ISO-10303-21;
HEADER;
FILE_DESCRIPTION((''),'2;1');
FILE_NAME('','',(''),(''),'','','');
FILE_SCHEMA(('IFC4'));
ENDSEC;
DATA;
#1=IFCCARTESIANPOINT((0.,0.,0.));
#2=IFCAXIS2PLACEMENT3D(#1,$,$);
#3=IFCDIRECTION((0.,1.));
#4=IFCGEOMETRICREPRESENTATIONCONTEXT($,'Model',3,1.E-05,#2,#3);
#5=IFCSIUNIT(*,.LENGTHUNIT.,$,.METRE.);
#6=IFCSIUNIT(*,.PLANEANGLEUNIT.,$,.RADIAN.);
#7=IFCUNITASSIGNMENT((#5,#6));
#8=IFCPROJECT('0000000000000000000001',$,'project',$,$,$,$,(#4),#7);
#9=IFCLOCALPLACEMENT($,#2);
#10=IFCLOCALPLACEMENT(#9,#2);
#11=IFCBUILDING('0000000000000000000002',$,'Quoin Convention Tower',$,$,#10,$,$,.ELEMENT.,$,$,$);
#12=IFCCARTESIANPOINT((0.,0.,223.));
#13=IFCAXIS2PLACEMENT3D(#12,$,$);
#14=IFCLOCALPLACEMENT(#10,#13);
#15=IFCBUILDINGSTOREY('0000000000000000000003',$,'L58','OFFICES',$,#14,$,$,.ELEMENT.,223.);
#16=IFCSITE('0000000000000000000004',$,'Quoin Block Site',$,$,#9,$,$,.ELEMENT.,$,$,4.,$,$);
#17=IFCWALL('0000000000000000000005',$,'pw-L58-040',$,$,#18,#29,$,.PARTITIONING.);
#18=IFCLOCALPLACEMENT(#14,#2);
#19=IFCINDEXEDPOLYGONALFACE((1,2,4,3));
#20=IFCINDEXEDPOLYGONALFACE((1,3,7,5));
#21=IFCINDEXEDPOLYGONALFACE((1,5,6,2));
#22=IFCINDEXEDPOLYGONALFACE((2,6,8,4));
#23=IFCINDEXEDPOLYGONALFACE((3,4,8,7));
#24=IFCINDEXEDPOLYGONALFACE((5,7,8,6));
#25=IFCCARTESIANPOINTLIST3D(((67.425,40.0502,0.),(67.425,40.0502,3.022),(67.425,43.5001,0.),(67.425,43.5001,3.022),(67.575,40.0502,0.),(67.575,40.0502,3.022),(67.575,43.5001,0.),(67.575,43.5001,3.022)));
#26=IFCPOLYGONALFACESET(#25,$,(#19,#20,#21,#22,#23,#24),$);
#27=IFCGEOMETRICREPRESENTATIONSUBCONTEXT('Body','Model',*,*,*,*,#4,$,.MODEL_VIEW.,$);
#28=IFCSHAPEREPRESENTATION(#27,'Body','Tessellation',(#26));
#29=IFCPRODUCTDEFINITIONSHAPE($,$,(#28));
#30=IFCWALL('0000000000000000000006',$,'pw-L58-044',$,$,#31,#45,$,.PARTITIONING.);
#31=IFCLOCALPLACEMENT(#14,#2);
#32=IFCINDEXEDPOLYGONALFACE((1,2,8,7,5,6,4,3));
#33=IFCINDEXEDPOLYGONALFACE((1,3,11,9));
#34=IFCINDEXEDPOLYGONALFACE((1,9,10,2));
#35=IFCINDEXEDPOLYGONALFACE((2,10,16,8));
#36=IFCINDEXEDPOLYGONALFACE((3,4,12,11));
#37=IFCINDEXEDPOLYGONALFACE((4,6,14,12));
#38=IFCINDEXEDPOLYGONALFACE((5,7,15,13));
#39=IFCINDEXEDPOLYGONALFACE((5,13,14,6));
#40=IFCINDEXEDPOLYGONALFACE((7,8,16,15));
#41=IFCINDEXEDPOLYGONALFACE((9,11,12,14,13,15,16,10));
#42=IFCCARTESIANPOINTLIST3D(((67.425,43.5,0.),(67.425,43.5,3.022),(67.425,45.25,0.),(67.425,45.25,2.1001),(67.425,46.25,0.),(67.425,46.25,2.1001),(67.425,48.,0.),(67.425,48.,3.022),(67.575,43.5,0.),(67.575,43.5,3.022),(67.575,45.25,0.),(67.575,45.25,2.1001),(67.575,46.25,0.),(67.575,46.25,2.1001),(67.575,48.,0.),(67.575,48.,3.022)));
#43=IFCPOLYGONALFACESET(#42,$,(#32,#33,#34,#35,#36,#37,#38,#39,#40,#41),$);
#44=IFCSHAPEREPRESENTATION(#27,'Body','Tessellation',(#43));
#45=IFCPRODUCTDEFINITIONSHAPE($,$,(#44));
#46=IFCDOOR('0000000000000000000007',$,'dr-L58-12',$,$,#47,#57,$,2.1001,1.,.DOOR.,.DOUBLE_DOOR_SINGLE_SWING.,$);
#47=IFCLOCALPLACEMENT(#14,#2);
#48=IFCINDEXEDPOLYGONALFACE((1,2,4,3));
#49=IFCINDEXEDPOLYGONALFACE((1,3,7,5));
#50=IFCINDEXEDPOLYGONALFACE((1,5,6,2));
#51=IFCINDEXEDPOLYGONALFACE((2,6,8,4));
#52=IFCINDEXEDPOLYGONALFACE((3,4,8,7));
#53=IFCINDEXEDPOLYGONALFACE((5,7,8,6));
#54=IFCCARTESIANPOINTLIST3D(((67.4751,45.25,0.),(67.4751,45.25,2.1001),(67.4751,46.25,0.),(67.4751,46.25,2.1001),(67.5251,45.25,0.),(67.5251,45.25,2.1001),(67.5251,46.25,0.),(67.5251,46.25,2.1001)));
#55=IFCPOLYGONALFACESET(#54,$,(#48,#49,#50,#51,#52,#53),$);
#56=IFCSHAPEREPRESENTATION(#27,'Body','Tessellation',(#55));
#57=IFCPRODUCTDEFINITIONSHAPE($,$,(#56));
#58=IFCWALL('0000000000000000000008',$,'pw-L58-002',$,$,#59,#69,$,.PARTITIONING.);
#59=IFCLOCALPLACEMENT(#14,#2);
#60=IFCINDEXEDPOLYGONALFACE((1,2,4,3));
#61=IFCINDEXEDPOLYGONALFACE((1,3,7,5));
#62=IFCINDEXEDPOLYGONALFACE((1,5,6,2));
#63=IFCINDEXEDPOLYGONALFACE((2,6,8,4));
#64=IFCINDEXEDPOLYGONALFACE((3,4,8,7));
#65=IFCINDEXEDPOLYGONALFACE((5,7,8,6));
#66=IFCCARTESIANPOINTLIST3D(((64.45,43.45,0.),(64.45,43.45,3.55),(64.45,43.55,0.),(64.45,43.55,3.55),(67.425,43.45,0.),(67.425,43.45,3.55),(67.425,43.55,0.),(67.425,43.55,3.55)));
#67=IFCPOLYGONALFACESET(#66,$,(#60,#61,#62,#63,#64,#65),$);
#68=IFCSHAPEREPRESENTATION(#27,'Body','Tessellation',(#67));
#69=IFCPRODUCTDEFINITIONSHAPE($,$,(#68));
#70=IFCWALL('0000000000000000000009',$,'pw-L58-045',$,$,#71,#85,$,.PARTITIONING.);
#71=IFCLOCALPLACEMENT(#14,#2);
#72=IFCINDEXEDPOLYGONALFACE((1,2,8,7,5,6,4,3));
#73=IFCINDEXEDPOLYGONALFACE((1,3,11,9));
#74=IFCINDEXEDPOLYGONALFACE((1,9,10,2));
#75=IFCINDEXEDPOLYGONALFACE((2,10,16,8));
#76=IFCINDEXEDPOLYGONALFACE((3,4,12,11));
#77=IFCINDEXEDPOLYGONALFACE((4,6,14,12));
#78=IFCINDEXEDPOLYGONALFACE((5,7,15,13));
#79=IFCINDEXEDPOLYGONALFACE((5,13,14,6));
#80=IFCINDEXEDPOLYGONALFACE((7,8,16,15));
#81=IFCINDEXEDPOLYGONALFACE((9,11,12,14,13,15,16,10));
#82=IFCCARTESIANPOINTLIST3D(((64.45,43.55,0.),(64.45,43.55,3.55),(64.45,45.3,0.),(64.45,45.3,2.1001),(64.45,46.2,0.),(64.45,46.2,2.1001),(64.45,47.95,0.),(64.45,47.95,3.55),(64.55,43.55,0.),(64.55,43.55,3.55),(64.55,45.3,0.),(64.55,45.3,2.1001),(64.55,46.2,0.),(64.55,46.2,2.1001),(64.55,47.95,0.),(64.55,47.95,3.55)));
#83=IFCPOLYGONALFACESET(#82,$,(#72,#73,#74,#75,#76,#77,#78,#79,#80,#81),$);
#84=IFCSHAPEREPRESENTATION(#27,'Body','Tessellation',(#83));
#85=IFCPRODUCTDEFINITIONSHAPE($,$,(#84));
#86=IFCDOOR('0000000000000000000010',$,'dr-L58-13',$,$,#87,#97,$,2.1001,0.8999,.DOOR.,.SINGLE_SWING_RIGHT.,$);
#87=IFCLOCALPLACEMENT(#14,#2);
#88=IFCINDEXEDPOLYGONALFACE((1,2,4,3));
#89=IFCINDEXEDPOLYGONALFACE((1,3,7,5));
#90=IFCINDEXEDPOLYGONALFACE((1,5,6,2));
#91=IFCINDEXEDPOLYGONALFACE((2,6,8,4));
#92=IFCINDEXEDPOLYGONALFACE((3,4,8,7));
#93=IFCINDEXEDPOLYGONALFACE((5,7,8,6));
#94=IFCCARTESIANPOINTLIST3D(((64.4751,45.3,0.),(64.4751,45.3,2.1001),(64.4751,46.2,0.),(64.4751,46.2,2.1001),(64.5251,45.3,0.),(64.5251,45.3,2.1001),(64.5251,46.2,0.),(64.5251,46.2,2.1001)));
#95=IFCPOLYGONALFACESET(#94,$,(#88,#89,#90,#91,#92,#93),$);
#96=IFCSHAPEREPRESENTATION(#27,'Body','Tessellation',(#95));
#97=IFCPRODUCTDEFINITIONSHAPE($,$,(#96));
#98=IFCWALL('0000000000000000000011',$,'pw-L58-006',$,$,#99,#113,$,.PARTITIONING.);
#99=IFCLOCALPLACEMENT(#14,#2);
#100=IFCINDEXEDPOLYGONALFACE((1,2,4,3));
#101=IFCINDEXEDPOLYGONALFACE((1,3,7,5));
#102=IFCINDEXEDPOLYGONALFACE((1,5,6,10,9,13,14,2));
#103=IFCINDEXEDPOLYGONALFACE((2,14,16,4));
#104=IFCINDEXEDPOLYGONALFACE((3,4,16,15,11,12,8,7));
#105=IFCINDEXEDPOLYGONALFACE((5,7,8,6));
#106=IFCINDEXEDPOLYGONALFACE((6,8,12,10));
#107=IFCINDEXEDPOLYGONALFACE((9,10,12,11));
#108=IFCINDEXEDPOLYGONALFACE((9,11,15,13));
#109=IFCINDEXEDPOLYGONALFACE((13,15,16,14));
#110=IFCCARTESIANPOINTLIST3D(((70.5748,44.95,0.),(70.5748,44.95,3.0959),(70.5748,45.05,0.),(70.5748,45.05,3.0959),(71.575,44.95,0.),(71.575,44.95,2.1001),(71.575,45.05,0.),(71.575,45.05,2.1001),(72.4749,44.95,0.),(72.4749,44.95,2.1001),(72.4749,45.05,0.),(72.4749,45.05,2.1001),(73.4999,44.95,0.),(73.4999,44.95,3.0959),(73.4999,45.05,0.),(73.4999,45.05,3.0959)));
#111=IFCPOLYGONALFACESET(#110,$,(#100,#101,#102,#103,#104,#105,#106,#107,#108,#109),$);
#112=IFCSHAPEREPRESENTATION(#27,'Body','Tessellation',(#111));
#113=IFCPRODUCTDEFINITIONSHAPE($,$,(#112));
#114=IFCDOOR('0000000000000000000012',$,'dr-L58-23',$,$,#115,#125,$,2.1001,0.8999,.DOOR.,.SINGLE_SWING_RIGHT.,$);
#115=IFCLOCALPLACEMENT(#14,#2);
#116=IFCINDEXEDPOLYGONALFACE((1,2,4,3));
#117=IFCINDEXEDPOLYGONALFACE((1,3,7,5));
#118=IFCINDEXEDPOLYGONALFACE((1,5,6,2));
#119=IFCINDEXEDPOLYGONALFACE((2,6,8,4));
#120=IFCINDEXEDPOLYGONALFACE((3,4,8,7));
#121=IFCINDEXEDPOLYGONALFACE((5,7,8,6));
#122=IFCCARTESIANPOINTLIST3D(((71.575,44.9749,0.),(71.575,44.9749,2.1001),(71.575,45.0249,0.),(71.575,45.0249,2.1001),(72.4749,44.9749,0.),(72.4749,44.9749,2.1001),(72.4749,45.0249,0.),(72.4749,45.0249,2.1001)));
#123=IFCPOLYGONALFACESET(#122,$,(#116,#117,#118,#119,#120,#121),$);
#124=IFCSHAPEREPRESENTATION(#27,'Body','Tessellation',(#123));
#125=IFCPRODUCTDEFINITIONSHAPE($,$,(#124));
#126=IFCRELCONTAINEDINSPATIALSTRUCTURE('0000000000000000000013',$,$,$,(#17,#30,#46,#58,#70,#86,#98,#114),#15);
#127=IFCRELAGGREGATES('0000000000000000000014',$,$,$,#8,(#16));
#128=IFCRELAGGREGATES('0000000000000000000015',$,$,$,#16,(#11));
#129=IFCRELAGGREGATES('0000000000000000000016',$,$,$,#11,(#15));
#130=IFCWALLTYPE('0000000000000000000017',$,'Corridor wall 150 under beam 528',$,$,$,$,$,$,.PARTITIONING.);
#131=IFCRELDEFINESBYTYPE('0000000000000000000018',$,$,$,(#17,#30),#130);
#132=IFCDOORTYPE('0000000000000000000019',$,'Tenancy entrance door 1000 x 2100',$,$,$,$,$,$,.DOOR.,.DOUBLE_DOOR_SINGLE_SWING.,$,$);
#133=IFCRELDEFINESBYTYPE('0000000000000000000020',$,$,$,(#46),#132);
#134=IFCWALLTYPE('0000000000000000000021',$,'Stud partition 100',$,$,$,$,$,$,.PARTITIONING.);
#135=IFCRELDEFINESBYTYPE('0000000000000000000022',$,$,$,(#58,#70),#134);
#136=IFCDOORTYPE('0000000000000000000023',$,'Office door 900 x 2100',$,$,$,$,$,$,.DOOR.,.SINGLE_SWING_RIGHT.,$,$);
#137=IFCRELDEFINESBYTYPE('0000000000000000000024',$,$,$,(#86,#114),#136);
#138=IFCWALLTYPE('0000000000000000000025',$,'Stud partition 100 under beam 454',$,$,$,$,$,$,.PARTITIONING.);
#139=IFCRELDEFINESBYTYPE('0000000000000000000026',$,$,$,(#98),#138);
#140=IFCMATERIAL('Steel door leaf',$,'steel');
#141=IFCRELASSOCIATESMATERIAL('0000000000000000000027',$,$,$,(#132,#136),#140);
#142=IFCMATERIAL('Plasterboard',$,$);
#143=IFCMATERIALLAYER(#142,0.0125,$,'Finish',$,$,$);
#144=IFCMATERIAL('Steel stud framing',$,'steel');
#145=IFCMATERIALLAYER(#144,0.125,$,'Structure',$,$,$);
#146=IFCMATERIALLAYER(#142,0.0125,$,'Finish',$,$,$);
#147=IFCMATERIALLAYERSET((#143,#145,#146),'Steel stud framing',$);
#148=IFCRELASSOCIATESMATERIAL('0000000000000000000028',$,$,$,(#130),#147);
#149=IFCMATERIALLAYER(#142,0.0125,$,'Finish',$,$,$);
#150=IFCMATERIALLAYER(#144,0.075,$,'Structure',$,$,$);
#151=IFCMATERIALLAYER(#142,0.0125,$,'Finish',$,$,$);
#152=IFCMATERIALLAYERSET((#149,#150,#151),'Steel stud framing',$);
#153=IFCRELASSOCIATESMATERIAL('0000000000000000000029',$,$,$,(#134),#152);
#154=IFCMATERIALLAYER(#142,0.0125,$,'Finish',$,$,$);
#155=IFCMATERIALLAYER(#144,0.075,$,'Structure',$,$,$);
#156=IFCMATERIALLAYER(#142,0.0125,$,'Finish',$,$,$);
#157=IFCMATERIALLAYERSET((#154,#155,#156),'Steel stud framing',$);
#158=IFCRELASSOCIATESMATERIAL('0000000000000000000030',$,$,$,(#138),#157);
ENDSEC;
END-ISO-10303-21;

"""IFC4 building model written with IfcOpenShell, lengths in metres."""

from ifc_helpers import new_model, si_unit, direction, frame, frame_2d, origin, place, context, subcontext, project, spatial, rectangle, extrude, material, layer, layer_set, type_object, element, fill, save


model = new_model("IFC4")

# Units and contexts
model_context = context("Model", 3, precision=1e-05, world=origin(), true_north=direction((0.0, 1.0)))
body_context = subcontext(model_context, "Body", "Model", "MODEL_VIEW")
ifc_project = project(units=[si_unit("LENGTHUNIT", "METRE"), si_unit("PLANEANGLEUNIT", "RADIAN")], contexts=[model_context])

# Site, building, storey
site_placement = place(None, origin())
site = spatial("IfcSite", under=ifc_project, at=site_placement, Name="Quoin Block Site", CompositionType="ELEMENT", RefElevation=4.0)
building_placement = place(site_placement, origin())
building = spatial("IfcBuilding", under=site, at=building_placement, Name="Quoin Convention Tower", CompositionType="ELEMENT")
storey_placement = place(building_placement, frame((0.0, 0.0, 223.0)))
storey = spatial("IfcBuildingStorey", under=building, at=storey_placement, Name="L58", Description="OFFICES", CompositionType="ELEMENT", Elevation=223.0)

# Shared definitions
ifc_material_1 = material(Name="Plasterboard")
ifc_material_2 = material(Name="Steel stud framing", Category="steel")

# Shared definitions
ifc_material_3 = material(Name="Steel door leaf", Category="steel")
door_type_1 = type_object("IfcDoorType", Name="Tenancy entrance door 1000 x 2100", OperationType="DOUBLE_DOOR_SINGLE_SWING", PredefinedType="DOOR", material=ifc_material_3)

# Wall
ifc_layer_1 = layer(ifc_material_1, 0.0125, Name="Finish")
ifc_layer_2 = layer(ifc_material_2, 0.125, Name="Structure")
ifc_layer_3 = layer(ifc_material_1, 0.0125, Name="Finish")
ifc_layer_set_1 = layer_set([ifc_layer_1, ifc_layer_2, ifc_layer_3], Name="Steel stud framing")
wall_type_1 = type_object("IfcWallType", Name="Corridor wall 150 under beam 528", PredefinedType="PARTITIONING", material=ifc_layer_set_1)
wall_1_placement = place(storey_placement, frame((67.5, 40.05, 0.0), z_axis=(0.0, 0.0, 1.0), x_axis=(0.0, 1.0, 0.0)))
element("IfcWall", 1, at=wall_1_placement, inside=storey, type_object=wall_type_1, Name="pw-L58-040", PredefinedType="PARTITIONING", context=body_context, shape_type="SweptSolid", body=[
    extrude(rectangle(XDim=3.45, YDim=0.1499, at=frame_2d((1.7251, 0.0))), origin(), (0.0, 0.0, 1.0), 3.022),
])

# Wall, opening, door
wall_2_placement = place(storey_placement, frame((67.5, 43.5, 0.0), z_axis=(0.0, 0.0, 1.0), x_axis=(0.0, 1.0, 0.0)))
wall_2 = element("IfcWall", 2, at=wall_2_placement, inside=storey, type_object=wall_type_1, Name="pw-L58-044", PredefinedType="PARTITIONING", context=body_context, shape_type="SweptSolid", body=[
    extrude(rectangle(XDim=4.5, YDim=0.1499, at=frame_2d((2.25, 0.0))), origin(), (0.0, 0.0, 1.0), 3.022),
])
opening_1_placement = place(wall_2_placement, frame((1.75, 0.0, 0.0)))
opening_1 = element("IfcOpeningElement", 3, at=opening_1_placement, cuts=wall_2, PredefinedType="OPENING", context=body_context, shape_type="SweptSolid", body=[
    extrude(rectangle(XDim=1.0, YDim=2.1001, at=frame_2d((0.5, 1.05))), frame((0.0, 0.085, 0.0), z_axis=(0.0, -1.0, 0.0), x_axis=(1.0, 0.0, 0.0)), (0.0, 0.0, 1.0), 0.1699),
])
door_1_placement = place(opening_1_placement, origin())
door_1 = element("IfcDoor", 4, at=door_1_placement, inside=storey, type_object=door_type_1, Name="dr-L58-12", OperationType="DOUBLE_DOOR_SINGLE_SWING", OverallHeight=2.1001, OverallWidth=1.0, PredefinedType="DOOR", context=body_context, shape_type="SweptSolid", body=[
    extrude(rectangle(XDim=1.0, YDim=2.1001, at=frame_2d((0.5, 1.05))), frame((0.0, 0.0249, 0.0), z_axis=(0.0, -1.0, 0.0), x_axis=(1.0, 0.0, 0.0)), (0.0, 0.0, 1.0), 0.05),
])
fill(opening_1, door_1)

# Wall
ifc_layer_4 = layer(ifc_material_1, 0.0125, Name="Finish")
ifc_layer_5 = layer(ifc_material_2, 0.075, Name="Structure")
ifc_layer_6 = layer(ifc_material_1, 0.0125, Name="Finish")
ifc_layer_set_2 = layer_set([ifc_layer_4, ifc_layer_5, ifc_layer_6], Name="Steel stud framing")
wall_type_2 = type_object("IfcWallType", Name="Stud partition 100", PredefinedType="PARTITIONING", material=ifc_layer_set_2)
wall_3_placement = place(storey_placement, frame((64.45, 43.5, 0.0), z_axis=(0.0, 0.0, 1.0), x_axis=(1.0, 0.0, 0.0)))
element("IfcWall", 5, at=wall_3_placement, inside=storey, type_object=wall_type_2, Name="pw-L58-002", PredefinedType="PARTITIONING", context=body_context, shape_type="SweptSolid", body=[
    extrude(rectangle(XDim=2.9751, YDim=0.1001, at=frame_2d((1.4875, 0.0))), origin(), (0.0, 0.0, 1.0), 3.55),
])

# Walls, openings, doors
wall_4_placement = place(storey_placement, frame((64.5, 43.55, 0.0), z_axis=(0.0, 0.0, 1.0), x_axis=(0.0, 1.0, 0.0)))
wall_4 = element("IfcWall", 6, at=wall_4_placement, inside=storey, type_object=wall_type_2, Name="pw-L58-045", PredefinedType="PARTITIONING", context=body_context, shape_type="SweptSolid", body=[
    extrude(rectangle(XDim=4.3999, YDim=0.1001, at=frame_2d((2.2, 0.0))), origin(), (0.0, 0.0, 1.0), 3.55),
])
opening_2_placement = place(wall_4_placement, frame((1.75, 0.0, 0.0)))
opening_2 = element("IfcOpeningElement", 7, at=opening_2_placement, cuts=wall_4, PredefinedType="OPENING", context=body_context, shape_type="SweptSolid", body=[
    extrude(rectangle(XDim=0.8999, YDim=2.1001, at=frame_2d((0.45, 1.05))), frame((0.0, 0.0601, 0.0), z_axis=(0.0, -1.0, 0.0), x_axis=(1.0, 0.0, 0.0)), (0.0, 0.0, 1.0), 0.1201),
])
door_type_2 = type_object("IfcDoorType", Name="Office door 900 x 2100", OperationType="SINGLE_SWING_RIGHT", PredefinedType="DOOR", material=ifc_material_3)
door_2_placement = place(opening_2_placement, origin())
door_2 = element("IfcDoor", 8, at=door_2_placement, inside=storey, type_object=door_type_2, Name="dr-L58-13", OperationType="SINGLE_SWING_RIGHT", OverallHeight=2.1001, OverallWidth=0.8999, PredefinedType="DOOR", context=body_context, shape_type="SweptSolid", body=[
    extrude(rectangle(XDim=0.8999, YDim=2.1001, at=frame_2d((0.45, 1.05))), frame((0.0, 0.0249, 0.0), z_axis=(0.0, -1.0, 0.0), x_axis=(1.0, 0.0, 0.0)), (0.0, 0.0, 1.0), 0.05),
])
fill(opening_2, door_2)
ifc_layer_7 = layer(ifc_material_1, 0.0125, Name="Finish")
ifc_layer_8 = layer(ifc_material_2, 0.075, Name="Structure")
ifc_layer_9 = layer(ifc_material_1, 0.0125, Name="Finish")
ifc_layer_set_3 = layer_set([ifc_layer_7, ifc_layer_8, ifc_layer_9], Name="Steel stud framing")
wall_type_3 = type_object("IfcWallType", Name="Stud partition 100 under beam 454", PredefinedType="PARTITIONING", material=ifc_layer_set_3)
wall_5_placement = place(storey_placement, frame((70.575, 45.0, 0.0), z_axis=(0.0, 0.0, 1.0), x_axis=(1.0, 0.0, 0.0)))
wall_5 = element("IfcWall", 9, at=wall_5_placement, inside=storey, type_object=wall_type_3, Name="pw-L58-006", PredefinedType="PARTITIONING", context=body_context, shape_type="SweptSolid", body=[
    extrude(rectangle(XDim=2.925, YDim=0.1001, at=frame_2d((1.4624, 0.0))), origin(), (0.0, 0.0, 1.0), 3.0959),
])
opening_3_placement = place(wall_5_placement, frame((1.0, 0.0, 0.0)))
opening_3 = element("IfcOpeningElement", 10, at=opening_3_placement, cuts=wall_5, PredefinedType="OPENING", context=body_context, shape_type="SweptSolid", body=[
    extrude(rectangle(XDim=0.8999, YDim=2.1001, at=frame_2d((0.45, 1.05))), frame((0.0, 0.0601, 0.0), z_axis=(0.0, -1.0, 0.0), x_axis=(1.0, 0.0, 0.0)), (0.0, 0.0, 1.0), 0.1201),
])
door_3_placement = place(opening_3_placement, origin())
door_3 = element("IfcDoor", 11, at=door_3_placement, inside=storey, type_object=door_type_2, Name="dr-L58-23", OperationType="SINGLE_SWING_RIGHT", OverallHeight=2.1001, OverallWidth=0.8999, PredefinedType="DOOR", context=body_context, shape_type="SweptSolid", body=[
    extrude(rectangle(XDim=0.8999, YDim=2.1001, at=frame_2d((0.45, 1.05))), frame((0.0, 0.0249, 0.0), z_axis=(0.0, -1.0, 0.0), x_axis=(1.0, 0.0, 0.0)), (0.0, 0.0, 1.0), 0.05),
])
fill(opening_3, door_3)

save(model, "model.ifc")
